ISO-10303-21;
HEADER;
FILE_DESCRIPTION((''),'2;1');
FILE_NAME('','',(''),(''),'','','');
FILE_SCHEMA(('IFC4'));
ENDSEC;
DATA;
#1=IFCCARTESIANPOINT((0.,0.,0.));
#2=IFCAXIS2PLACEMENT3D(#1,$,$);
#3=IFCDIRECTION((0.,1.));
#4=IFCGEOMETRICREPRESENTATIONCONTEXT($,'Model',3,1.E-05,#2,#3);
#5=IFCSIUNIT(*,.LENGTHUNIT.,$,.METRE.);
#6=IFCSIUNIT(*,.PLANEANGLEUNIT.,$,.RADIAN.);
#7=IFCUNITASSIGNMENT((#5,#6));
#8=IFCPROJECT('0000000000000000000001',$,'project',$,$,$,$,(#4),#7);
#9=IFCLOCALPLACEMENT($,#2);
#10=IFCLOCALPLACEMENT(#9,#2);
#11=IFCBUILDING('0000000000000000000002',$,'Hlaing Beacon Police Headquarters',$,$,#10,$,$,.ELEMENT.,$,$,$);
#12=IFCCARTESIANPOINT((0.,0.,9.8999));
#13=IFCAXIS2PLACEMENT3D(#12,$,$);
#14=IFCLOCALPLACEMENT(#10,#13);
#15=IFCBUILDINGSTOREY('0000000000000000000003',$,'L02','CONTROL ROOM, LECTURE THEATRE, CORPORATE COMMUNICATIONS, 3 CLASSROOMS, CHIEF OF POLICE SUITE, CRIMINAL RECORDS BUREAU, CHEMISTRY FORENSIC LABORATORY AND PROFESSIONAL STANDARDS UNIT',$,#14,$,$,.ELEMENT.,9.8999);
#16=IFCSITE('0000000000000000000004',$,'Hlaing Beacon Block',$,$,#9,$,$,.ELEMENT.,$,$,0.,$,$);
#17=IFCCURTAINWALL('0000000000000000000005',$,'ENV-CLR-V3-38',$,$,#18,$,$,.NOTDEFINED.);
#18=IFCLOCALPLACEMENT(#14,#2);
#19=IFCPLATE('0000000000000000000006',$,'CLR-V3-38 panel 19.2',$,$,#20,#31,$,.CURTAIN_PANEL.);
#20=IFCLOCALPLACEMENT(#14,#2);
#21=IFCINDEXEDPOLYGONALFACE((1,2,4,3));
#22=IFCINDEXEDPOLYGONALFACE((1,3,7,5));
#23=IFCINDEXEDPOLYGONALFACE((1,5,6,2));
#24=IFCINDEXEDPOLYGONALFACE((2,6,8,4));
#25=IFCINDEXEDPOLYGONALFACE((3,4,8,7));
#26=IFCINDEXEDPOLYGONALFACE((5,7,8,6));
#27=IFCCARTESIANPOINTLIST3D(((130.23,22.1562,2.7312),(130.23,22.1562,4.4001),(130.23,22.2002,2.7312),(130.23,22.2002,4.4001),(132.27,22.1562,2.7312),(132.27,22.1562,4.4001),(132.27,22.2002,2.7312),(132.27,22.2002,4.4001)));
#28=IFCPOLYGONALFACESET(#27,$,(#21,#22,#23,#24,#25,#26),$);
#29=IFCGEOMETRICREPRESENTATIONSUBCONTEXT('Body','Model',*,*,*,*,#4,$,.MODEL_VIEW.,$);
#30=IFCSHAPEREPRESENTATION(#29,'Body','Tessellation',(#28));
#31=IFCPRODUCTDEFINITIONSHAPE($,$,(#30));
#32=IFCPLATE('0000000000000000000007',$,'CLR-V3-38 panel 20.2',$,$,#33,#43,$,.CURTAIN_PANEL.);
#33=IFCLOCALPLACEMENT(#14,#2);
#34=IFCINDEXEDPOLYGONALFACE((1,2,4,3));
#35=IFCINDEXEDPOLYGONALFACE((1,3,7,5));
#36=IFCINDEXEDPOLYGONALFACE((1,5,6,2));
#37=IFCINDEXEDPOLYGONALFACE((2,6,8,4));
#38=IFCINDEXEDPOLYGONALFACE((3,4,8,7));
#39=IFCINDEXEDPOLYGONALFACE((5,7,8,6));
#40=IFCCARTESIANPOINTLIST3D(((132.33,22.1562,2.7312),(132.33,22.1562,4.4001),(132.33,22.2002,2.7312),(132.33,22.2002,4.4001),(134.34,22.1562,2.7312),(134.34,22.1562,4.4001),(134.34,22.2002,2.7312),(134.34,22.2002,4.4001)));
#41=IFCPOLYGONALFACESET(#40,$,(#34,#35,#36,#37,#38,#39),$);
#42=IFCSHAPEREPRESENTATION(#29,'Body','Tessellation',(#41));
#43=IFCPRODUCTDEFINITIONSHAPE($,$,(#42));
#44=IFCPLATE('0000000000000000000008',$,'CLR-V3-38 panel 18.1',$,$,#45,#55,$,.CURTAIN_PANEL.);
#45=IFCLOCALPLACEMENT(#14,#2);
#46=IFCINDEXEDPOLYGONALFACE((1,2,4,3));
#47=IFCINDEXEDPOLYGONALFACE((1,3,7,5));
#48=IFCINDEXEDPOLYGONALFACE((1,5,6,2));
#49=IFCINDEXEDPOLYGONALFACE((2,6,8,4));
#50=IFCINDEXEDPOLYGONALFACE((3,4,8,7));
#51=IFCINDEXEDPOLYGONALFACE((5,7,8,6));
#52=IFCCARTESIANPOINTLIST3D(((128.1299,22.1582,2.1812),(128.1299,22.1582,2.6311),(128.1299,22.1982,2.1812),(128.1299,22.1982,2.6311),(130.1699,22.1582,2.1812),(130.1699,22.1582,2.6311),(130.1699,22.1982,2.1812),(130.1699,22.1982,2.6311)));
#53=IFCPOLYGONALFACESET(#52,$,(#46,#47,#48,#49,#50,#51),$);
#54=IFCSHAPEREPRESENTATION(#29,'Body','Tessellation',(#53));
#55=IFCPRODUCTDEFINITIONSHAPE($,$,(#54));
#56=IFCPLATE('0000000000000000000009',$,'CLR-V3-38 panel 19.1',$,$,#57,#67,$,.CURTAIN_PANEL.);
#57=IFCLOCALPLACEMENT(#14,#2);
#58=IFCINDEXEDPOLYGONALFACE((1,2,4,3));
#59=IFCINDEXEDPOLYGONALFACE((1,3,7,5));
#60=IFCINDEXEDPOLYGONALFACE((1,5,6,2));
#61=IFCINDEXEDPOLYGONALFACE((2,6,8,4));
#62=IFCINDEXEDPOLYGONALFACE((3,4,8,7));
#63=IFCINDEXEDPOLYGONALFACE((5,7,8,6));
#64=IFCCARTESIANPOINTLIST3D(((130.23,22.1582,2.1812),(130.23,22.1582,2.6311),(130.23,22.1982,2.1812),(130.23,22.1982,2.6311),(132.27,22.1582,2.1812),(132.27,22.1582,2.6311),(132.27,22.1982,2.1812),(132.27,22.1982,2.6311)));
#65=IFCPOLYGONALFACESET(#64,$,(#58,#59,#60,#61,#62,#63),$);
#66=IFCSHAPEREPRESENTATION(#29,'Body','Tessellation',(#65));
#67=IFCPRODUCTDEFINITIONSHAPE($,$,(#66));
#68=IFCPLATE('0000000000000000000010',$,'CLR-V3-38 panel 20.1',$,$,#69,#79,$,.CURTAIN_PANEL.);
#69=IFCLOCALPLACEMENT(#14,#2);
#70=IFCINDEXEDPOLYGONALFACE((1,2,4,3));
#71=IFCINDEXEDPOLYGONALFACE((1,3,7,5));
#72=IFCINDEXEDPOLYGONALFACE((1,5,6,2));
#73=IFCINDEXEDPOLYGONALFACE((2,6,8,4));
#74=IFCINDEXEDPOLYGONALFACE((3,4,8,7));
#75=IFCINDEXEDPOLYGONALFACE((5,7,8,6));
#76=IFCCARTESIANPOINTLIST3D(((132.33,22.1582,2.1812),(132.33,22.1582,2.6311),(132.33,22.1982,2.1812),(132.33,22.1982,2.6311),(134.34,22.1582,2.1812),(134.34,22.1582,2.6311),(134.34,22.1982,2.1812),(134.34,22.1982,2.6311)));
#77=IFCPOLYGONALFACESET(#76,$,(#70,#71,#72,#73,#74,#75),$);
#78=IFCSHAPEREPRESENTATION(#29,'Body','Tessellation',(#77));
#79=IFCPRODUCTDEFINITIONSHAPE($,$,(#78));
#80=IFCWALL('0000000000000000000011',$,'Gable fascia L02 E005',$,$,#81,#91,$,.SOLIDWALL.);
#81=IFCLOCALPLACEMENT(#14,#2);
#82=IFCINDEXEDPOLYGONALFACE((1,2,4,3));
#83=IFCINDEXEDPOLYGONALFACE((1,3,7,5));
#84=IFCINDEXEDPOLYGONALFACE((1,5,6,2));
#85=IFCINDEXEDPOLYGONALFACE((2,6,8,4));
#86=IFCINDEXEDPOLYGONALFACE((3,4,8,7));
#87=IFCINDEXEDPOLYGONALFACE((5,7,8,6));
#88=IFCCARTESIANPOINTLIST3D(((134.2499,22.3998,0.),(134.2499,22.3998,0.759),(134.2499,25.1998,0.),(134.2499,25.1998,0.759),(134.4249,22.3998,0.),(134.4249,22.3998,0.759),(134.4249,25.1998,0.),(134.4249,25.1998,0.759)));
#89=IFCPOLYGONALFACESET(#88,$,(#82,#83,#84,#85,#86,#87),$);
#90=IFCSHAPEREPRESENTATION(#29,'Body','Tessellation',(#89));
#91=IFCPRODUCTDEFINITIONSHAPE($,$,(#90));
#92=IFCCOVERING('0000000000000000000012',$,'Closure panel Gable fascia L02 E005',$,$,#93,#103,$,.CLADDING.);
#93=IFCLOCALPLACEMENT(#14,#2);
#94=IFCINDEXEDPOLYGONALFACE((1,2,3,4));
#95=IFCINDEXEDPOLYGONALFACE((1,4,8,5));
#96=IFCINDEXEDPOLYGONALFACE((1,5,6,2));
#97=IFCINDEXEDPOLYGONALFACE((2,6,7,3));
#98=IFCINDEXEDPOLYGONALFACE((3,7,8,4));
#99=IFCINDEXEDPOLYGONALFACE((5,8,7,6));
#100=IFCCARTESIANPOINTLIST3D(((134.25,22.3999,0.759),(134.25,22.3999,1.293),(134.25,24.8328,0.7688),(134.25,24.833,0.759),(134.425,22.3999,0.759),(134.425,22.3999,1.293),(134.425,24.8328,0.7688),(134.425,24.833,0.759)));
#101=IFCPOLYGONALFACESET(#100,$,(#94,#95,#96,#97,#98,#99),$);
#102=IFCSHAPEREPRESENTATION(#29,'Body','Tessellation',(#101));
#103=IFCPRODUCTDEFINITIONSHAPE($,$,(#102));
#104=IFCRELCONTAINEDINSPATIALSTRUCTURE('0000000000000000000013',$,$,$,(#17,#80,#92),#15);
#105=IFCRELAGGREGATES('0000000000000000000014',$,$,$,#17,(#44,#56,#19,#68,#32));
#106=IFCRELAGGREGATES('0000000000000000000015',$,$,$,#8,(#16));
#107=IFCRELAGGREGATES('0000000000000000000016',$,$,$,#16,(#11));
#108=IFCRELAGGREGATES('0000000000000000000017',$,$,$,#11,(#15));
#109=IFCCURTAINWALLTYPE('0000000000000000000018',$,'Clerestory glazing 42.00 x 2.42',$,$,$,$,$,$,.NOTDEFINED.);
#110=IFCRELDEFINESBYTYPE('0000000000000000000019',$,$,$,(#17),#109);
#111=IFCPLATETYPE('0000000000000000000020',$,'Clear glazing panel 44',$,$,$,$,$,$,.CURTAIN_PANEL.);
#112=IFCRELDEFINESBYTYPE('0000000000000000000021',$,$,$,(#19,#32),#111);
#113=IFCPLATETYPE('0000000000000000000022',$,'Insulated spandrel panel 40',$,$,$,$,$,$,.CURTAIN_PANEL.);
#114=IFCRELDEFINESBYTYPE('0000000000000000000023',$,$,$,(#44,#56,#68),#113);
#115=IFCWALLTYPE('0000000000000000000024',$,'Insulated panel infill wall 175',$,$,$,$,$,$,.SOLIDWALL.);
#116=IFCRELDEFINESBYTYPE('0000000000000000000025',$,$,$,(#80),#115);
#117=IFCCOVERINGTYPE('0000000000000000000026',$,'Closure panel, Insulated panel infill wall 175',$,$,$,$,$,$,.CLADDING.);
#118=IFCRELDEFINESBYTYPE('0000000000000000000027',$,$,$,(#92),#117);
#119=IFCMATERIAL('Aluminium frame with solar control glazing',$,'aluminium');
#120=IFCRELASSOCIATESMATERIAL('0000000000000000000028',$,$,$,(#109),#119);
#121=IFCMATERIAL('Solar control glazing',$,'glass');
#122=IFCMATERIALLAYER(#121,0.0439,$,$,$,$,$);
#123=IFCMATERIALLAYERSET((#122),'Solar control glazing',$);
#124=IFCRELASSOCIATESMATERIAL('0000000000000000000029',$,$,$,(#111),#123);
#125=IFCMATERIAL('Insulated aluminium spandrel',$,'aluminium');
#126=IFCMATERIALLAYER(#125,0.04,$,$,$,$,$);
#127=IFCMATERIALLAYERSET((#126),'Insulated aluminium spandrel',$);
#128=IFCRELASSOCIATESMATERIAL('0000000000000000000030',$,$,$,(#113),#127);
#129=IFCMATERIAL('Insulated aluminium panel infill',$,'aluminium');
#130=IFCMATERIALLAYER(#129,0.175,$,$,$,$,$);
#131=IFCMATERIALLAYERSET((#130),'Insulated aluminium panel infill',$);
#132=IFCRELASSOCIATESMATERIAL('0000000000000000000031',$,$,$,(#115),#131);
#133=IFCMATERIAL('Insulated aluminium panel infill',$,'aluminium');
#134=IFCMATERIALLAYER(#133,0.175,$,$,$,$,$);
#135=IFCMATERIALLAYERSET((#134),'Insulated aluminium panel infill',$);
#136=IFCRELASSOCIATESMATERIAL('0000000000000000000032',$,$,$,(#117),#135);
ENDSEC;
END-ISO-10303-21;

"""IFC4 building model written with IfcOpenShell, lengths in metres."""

from ifc_helpers import new_model, si_unit, direction, frame, frame_2d, origin, origin_2d, place, context, subcontext, project, spatial, polyline, rectangle, outline, extrude, material, layer, layer_set, type_object, element, aggregate, save


model = new_model("IFC4")

# Units and contexts
model_context = context("Model", 3, precision=1e-05, world=origin(), true_north=direction((0.0, 1.0)))
body_context = subcontext(model_context, "Body", "Model", "MODEL_VIEW")
ifc_project = project(units=[si_unit("LENGTHUNIT", "METRE"), si_unit("PLANEANGLEUNIT", "RADIAN")], contexts=[model_context])

# Site, building, storey
site_placement = place(None, origin())
site = spatial("IfcSite", under=ifc_project, at=site_placement, Name="Hlaing Beacon Block", CompositionType="ELEMENT", RefElevation=0.0)
building_placement = place(site_placement, origin())
building = spatial("IfcBuilding", under=site, at=building_placement, Name="Hlaing Beacon Police Headquarters", CompositionType="ELEMENT")
storey_placement = place(building_placement, frame((0.0, 0.0, 9.8999)))
storey = spatial("IfcBuildingStorey", under=building, at=storey_placement, Name="L02", Description="CONTROL ROOM, LECTURE THEATRE, CORPORATE COMMUNICATIONS, 3 CLASSROOMS, CHIEF OF POLICE SUITE, CRIMINAL RECORDS BUREAU, CHEMISTRY FORENSIC LABORATORY AND PROFESSIONAL STANDARDS UNIT", CompositionType="ELEMENT", Elevation=9.8999)

# Curtain wall
ifc_material_1 = material(Name="Aluminium frame with solar control glazing", Category="aluminium")
curtain_wall_type_1 = type_object("IfcCurtainWallType", Name="Clerestory glazing 42.00 x 2.42", PredefinedType="NOTDEFINED", material=ifc_material_1)
curtain_wall_1_placement = place(storey_placement, origin())
curtain_wall_1 = element("IfcCurtainWall", 1, at=curtain_wall_1_placement, inside=storey, type_object=curtain_wall_type_1, Name="ENV-CLR-V3-38", PredefinedType="NOTDEFINED")

# Plates
ifc_material_2 = material(Name="Solar control glazing", Category="glass")
ifc_layer_1 = layer(ifc_material_2, 0.0439)
ifc_layer_set_1 = layer_set([ifc_layer_1], Name="Solar control glazing")
plate_type_1 = type_object("IfcPlateType", Name="Clear glazing panel 44", PredefinedType="CURTAIN_PANEL", material=ifc_layer_set_1)
plate_1_placement = place(storey_placement, frame((131.25, 22.1782, 2.7312), z_axis=(0.0, 0.0, 1.0), x_axis=(1.0, 0.0, 0.0)))
plate_1 = element("IfcPlate", 2, at=plate_1_placement, type_object=plate_type_1, Name="CLR-V3-38 panel 19.2", PredefinedType="CURTAIN_PANEL", context=body_context, shape_type="SweptSolid", body=[
    extrude(rectangle(XDim=2.04, YDim=0.0439, at=origin_2d()), origin(), (0.0, 0.0, 1.0), 1.6689),
])
plate_2_placement = place(storey_placement, frame((133.335, 22.1782, 2.7312), z_axis=(0.0, 0.0, 1.0), x_axis=(1.0, 0.0, 0.0)))
plate_2 = element("IfcPlate", 3, at=plate_2_placement, type_object=plate_type_1, Name="CLR-V3-38 panel 20.2", PredefinedType="CURTAIN_PANEL", context=body_context, shape_type="SweptSolid", body=[
    extrude(rectangle(XDim=2.01, YDim=0.0439, at=origin_2d()), origin(), (0.0, 0.0, 1.0), 1.6689),
])
ifc_material_3 = material(Name="Insulated aluminium spandrel", Category="aluminium")
ifc_layer_2 = layer(ifc_material_3, 0.04)
ifc_layer_set_2 = layer_set([ifc_layer_2], Name="Insulated aluminium spandrel")
plate_type_2 = type_object("IfcPlateType", Name="Insulated spandrel panel 40", PredefinedType="CURTAIN_PANEL", material=ifc_layer_set_2)
plate_3_placement = place(storey_placement, frame((129.1499, 22.1782, 2.1812), z_axis=(0.0, 0.0, 1.0), x_axis=(1.0, 0.0, 0.0)))
plate_3 = element("IfcPlate", 4, at=plate_3_placement, type_object=plate_type_2, Name="CLR-V3-38 panel 18.1", PredefinedType="CURTAIN_PANEL", context=body_context, shape_type="SweptSolid", body=[
    extrude(rectangle(XDim=2.04, YDim=0.04, at=origin_2d()), origin(), (0.0, 0.0, 1.0), 0.45),
])
plate_4_placement = place(storey_placement, frame((131.25, 22.1782, 2.1812), z_axis=(0.0, 0.0, 1.0), x_axis=(1.0, 0.0, 0.0)))
plate_4 = element("IfcPlate", 5, at=plate_4_placement, type_object=plate_type_2, Name="CLR-V3-38 panel 19.1", PredefinedType="CURTAIN_PANEL", context=body_context, shape_type="SweptSolid", body=[
    extrude(rectangle(XDim=2.04, YDim=0.04, at=origin_2d()), origin(), (0.0, 0.0, 1.0), 0.45),
])
plate_5_placement = place(storey_placement, frame((133.335, 22.1782, 2.1812), z_axis=(0.0, 0.0, 1.0), x_axis=(1.0, 0.0, 0.0)))
plate_5 = element("IfcPlate", 6, at=plate_5_placement, type_object=plate_type_2, Name="CLR-V3-38 panel 20.1", PredefinedType="CURTAIN_PANEL", context=body_context, shape_type="SweptSolid", body=[
    extrude(rectangle(XDim=2.01, YDim=0.04, at=origin_2d()), origin(), (0.0, 0.0, 1.0), 0.45),
])
aggregate(curtain_wall_1, [plate_3, plate_4, plate_1, plate_5, plate_2])

# Wall
ifc_material_4 = material(Name="Insulated aluminium panel infill", Category="aluminium")
ifc_layer_3 = layer(ifc_material_4, 0.175)
ifc_layer_set_3 = layer_set([ifc_layer_3], Name="Insulated aluminium panel infill")
wall_type = type_object("IfcWallType", Name="Insulated panel infill wall 175", PredefinedType="SOLIDWALL", material=ifc_layer_set_3)
wall_placement = place(storey_placement, frame((134.3374, 22.3999, 0.0), z_axis=(0.0, 0.0, 1.0), x_axis=(0.0, 1.0, 0.0)))
element("IfcWall", 7, at=wall_placement, inside=storey, type_object=wall_type, Name="Gable fascia L02 E005", PredefinedType="SOLIDWALL", context=body_context, shape_type="SweptSolid", body=[
    extrude(rectangle(XDim=2.8, YDim=0.175, at=frame_2d((1.3999, 0.0))), origin(), (0.0, 0.0, 1.0), 0.759),
])

# Covering
ifc_material_5 = material(Name="Insulated aluminium panel infill", Category="aluminium")
ifc_layer_4 = layer(ifc_material_5, 0.175)
ifc_layer_set_4 = layer_set([ifc_layer_4], Name="Insulated aluminium panel infill")
covering_type = type_object("IfcCoveringType", Name="Closure panel, Insulated panel infill wall 175", PredefinedType="CLADDING", material=ifc_layer_set_4)
covering_placement = place(storey_placement, frame((134.3374, 22.3999, 0.759), z_axis=(0.0, 0.0, 1.0), x_axis=(0.0, 1.0, 0.0)))
element("IfcCovering", 8, at=covering_placement, inside=storey, type_object=covering_type, Name="Closure panel Gable fascia L02 E005", PredefinedType="CLADDING", context=body_context, shape_type="SweptSolid", body=[
    extrude(outline(polyline([(0.0, 0.0), (2.4331, 0.0), (2.4329, 0.0098), (0.0, 0.5339), (0.0, 0.0)])), frame((0.0, 0.0874, 0.0), z_axis=(0.0, -1.0, 0.0), x_axis=(1.0, 0.0, 0.0)), (0.0, 0.0, 1.0), 0.175),
])

save(model, "model.ifc")
